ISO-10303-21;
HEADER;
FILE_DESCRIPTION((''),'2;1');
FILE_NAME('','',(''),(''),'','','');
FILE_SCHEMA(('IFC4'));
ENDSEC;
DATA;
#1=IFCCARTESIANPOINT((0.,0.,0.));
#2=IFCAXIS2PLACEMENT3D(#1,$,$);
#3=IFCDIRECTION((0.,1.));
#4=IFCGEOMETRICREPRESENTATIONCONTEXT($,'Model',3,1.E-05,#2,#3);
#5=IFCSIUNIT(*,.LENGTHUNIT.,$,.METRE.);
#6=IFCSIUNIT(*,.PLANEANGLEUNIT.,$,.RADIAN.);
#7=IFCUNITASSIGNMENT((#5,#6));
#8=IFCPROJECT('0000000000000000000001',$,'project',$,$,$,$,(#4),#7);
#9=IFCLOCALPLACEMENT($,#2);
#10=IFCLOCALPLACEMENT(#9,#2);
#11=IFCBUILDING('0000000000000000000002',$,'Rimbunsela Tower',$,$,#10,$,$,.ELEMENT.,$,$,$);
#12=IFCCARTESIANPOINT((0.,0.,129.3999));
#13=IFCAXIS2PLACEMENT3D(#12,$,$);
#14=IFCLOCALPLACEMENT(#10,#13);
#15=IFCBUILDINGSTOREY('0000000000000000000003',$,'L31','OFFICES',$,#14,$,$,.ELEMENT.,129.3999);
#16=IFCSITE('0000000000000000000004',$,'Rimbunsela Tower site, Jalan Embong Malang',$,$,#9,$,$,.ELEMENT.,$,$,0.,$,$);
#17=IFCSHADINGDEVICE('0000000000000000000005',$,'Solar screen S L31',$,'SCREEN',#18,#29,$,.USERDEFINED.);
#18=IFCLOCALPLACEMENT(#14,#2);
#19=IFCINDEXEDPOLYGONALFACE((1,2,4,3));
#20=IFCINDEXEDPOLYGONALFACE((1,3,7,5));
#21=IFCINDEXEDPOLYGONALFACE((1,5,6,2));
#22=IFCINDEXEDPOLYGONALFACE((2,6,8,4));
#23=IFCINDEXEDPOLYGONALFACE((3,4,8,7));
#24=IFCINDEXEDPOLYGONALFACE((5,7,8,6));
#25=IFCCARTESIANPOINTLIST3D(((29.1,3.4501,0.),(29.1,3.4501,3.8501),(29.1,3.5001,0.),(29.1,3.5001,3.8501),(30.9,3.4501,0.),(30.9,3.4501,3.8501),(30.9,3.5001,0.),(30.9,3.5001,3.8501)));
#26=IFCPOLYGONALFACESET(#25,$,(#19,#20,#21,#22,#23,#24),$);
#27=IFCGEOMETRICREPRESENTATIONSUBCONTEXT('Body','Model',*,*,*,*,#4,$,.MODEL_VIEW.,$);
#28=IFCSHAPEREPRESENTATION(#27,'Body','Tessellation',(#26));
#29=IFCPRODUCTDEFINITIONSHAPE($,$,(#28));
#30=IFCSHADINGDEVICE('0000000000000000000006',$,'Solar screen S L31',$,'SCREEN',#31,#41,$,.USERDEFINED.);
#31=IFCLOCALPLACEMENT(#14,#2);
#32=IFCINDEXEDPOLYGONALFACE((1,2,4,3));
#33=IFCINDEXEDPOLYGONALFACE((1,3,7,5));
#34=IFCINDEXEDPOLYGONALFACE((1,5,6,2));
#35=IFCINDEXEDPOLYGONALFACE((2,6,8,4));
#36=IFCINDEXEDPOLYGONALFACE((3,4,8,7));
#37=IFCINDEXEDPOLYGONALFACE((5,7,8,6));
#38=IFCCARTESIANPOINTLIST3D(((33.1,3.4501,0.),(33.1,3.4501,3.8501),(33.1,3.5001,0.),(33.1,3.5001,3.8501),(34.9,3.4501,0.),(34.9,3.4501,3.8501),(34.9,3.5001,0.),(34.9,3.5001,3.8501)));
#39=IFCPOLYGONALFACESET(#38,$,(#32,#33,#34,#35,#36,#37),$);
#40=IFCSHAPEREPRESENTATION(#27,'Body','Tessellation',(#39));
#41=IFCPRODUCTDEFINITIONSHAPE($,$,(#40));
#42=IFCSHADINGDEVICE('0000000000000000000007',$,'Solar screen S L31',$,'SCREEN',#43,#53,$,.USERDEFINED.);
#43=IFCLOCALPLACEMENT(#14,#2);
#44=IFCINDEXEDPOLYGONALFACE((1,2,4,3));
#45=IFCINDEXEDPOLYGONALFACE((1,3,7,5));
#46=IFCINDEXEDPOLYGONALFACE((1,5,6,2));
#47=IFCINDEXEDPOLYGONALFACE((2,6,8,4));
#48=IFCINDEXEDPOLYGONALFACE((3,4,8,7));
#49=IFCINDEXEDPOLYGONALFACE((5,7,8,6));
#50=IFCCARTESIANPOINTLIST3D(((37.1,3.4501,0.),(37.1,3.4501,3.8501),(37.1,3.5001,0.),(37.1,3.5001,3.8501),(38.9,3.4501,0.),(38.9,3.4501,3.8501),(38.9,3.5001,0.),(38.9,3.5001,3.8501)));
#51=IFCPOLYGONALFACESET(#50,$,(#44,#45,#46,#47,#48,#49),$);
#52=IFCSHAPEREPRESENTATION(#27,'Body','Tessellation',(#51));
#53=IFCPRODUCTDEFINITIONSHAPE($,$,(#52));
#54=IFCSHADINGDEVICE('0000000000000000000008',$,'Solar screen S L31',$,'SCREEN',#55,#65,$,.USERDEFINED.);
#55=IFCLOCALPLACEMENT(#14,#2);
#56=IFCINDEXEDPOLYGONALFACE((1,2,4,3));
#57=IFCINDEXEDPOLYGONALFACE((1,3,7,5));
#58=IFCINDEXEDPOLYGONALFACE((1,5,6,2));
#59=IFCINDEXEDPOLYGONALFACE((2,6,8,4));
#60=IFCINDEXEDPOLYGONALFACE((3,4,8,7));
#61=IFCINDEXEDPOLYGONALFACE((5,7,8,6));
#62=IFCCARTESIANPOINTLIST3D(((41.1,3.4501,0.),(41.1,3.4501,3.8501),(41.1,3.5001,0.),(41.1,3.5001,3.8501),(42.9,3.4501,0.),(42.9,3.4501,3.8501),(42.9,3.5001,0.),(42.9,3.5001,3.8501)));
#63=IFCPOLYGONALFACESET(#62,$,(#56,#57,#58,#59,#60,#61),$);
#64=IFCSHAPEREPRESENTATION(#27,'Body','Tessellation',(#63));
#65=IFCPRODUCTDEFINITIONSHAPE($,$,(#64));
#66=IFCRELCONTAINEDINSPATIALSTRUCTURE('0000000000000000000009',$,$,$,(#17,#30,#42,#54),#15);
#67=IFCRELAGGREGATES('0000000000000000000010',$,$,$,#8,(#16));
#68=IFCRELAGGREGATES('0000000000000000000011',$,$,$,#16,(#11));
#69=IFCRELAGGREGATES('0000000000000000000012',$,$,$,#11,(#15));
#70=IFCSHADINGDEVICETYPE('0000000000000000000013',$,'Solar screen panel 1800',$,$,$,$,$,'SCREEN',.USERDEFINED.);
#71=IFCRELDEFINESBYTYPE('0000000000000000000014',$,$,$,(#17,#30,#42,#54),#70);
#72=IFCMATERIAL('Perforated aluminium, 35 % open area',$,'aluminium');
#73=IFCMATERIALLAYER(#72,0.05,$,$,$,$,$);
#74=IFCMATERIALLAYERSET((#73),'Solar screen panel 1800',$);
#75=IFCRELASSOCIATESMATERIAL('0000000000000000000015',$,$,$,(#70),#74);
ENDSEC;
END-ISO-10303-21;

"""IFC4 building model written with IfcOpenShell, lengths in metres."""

from ifc_helpers import new_model, si_unit, direction, frame, origin, origin_2d, place, context, subcontext, project, spatial, rectangle, extrude, material, layer, layer_set, type_object, element, save


model = new_model("IFC4")

# Units and contexts
model_context = context("Model", 3, precision=1e-05, world=origin(), true_north=direction((0.0, 1.0)))
body_context = subcontext(model_context, "Body", "Model", "MODEL_VIEW")
ifc_project = project(units=[si_unit("LENGTHUNIT", "METRE"), si_unit("PLANEANGLEUNIT", "RADIAN")], contexts=[model_context])

# Site, building, storey
site_placement = place(None, origin())
site = spatial("IfcSite", under=ifc_project, at=site_placement, Name="Rimbunsela Tower site, Jalan Embong Malang", CompositionType="ELEMENT", RefElevation=0.0)
building_placement = place(site_placement, origin())
building = spatial("IfcBuilding", under=site, at=building_placement, Name="Rimbunsela Tower", CompositionType="ELEMENT")
storey_placement = place(building_placement, frame((0.0, 0.0, 129.3999)))
storey = spatial("IfcBuildingStorey", under=building, at=storey_placement, Name="L31", Description="OFFICES", CompositionType="ELEMENT", Elevation=129.3999)

# Shading devices
ifc_material_1 = material(Name="Perforated aluminium, 35 % open area", Category="aluminium")
ifc_layer_1 = layer(ifc_material_1, 0.05)
ifc_layer_set_1 = layer_set([ifc_layer_1], Name="Solar screen panel 1800")
shading_device_type = type_object("IfcShadingDeviceType", Name="Solar screen panel 1800", ElementType="SCREEN", PredefinedType="USERDEFINED", material=ifc_layer_set_1)
for number, where, z_axis, x_axis, name in (
    (1, (30.0, 3.4751, 0.0), (0.0, 0.0, 1.0), (1.0, 0.0, 0.0), "Solar screen S L31"),
    (2, (34.0, 3.4751, 0.0), (0.0, 0.0, 1.0), (1.0, 0.0, 0.0), "Solar screen S L31"),
    (3, (38.0, 3.4751, 0.0), (0.0, 0.0, 1.0), (1.0, 0.0, 0.0), "Solar screen S L31"),
    (4, (42.0, 3.4751, 0.0), (0.0, 0.0, 1.0), (1.0, 0.0, 0.0), "Solar screen S L31"),
):
    element("IfcShadingDevice", number, at=place(storey_placement, frame(where, z_axis=z_axis, x_axis=x_axis)), inside=storey, type_object=shading_device_type, Name=name, ObjectType="SCREEN", PredefinedType="USERDEFINED", context=body_context, shape_type="SweptSolid", body=[
        extrude(rectangle(XDim=1.8, YDim=0.05, at=origin_2d()), origin(), (0.0, 0.0, 1.0), 3.8501),
    ])

save(model, "model.ifc")
